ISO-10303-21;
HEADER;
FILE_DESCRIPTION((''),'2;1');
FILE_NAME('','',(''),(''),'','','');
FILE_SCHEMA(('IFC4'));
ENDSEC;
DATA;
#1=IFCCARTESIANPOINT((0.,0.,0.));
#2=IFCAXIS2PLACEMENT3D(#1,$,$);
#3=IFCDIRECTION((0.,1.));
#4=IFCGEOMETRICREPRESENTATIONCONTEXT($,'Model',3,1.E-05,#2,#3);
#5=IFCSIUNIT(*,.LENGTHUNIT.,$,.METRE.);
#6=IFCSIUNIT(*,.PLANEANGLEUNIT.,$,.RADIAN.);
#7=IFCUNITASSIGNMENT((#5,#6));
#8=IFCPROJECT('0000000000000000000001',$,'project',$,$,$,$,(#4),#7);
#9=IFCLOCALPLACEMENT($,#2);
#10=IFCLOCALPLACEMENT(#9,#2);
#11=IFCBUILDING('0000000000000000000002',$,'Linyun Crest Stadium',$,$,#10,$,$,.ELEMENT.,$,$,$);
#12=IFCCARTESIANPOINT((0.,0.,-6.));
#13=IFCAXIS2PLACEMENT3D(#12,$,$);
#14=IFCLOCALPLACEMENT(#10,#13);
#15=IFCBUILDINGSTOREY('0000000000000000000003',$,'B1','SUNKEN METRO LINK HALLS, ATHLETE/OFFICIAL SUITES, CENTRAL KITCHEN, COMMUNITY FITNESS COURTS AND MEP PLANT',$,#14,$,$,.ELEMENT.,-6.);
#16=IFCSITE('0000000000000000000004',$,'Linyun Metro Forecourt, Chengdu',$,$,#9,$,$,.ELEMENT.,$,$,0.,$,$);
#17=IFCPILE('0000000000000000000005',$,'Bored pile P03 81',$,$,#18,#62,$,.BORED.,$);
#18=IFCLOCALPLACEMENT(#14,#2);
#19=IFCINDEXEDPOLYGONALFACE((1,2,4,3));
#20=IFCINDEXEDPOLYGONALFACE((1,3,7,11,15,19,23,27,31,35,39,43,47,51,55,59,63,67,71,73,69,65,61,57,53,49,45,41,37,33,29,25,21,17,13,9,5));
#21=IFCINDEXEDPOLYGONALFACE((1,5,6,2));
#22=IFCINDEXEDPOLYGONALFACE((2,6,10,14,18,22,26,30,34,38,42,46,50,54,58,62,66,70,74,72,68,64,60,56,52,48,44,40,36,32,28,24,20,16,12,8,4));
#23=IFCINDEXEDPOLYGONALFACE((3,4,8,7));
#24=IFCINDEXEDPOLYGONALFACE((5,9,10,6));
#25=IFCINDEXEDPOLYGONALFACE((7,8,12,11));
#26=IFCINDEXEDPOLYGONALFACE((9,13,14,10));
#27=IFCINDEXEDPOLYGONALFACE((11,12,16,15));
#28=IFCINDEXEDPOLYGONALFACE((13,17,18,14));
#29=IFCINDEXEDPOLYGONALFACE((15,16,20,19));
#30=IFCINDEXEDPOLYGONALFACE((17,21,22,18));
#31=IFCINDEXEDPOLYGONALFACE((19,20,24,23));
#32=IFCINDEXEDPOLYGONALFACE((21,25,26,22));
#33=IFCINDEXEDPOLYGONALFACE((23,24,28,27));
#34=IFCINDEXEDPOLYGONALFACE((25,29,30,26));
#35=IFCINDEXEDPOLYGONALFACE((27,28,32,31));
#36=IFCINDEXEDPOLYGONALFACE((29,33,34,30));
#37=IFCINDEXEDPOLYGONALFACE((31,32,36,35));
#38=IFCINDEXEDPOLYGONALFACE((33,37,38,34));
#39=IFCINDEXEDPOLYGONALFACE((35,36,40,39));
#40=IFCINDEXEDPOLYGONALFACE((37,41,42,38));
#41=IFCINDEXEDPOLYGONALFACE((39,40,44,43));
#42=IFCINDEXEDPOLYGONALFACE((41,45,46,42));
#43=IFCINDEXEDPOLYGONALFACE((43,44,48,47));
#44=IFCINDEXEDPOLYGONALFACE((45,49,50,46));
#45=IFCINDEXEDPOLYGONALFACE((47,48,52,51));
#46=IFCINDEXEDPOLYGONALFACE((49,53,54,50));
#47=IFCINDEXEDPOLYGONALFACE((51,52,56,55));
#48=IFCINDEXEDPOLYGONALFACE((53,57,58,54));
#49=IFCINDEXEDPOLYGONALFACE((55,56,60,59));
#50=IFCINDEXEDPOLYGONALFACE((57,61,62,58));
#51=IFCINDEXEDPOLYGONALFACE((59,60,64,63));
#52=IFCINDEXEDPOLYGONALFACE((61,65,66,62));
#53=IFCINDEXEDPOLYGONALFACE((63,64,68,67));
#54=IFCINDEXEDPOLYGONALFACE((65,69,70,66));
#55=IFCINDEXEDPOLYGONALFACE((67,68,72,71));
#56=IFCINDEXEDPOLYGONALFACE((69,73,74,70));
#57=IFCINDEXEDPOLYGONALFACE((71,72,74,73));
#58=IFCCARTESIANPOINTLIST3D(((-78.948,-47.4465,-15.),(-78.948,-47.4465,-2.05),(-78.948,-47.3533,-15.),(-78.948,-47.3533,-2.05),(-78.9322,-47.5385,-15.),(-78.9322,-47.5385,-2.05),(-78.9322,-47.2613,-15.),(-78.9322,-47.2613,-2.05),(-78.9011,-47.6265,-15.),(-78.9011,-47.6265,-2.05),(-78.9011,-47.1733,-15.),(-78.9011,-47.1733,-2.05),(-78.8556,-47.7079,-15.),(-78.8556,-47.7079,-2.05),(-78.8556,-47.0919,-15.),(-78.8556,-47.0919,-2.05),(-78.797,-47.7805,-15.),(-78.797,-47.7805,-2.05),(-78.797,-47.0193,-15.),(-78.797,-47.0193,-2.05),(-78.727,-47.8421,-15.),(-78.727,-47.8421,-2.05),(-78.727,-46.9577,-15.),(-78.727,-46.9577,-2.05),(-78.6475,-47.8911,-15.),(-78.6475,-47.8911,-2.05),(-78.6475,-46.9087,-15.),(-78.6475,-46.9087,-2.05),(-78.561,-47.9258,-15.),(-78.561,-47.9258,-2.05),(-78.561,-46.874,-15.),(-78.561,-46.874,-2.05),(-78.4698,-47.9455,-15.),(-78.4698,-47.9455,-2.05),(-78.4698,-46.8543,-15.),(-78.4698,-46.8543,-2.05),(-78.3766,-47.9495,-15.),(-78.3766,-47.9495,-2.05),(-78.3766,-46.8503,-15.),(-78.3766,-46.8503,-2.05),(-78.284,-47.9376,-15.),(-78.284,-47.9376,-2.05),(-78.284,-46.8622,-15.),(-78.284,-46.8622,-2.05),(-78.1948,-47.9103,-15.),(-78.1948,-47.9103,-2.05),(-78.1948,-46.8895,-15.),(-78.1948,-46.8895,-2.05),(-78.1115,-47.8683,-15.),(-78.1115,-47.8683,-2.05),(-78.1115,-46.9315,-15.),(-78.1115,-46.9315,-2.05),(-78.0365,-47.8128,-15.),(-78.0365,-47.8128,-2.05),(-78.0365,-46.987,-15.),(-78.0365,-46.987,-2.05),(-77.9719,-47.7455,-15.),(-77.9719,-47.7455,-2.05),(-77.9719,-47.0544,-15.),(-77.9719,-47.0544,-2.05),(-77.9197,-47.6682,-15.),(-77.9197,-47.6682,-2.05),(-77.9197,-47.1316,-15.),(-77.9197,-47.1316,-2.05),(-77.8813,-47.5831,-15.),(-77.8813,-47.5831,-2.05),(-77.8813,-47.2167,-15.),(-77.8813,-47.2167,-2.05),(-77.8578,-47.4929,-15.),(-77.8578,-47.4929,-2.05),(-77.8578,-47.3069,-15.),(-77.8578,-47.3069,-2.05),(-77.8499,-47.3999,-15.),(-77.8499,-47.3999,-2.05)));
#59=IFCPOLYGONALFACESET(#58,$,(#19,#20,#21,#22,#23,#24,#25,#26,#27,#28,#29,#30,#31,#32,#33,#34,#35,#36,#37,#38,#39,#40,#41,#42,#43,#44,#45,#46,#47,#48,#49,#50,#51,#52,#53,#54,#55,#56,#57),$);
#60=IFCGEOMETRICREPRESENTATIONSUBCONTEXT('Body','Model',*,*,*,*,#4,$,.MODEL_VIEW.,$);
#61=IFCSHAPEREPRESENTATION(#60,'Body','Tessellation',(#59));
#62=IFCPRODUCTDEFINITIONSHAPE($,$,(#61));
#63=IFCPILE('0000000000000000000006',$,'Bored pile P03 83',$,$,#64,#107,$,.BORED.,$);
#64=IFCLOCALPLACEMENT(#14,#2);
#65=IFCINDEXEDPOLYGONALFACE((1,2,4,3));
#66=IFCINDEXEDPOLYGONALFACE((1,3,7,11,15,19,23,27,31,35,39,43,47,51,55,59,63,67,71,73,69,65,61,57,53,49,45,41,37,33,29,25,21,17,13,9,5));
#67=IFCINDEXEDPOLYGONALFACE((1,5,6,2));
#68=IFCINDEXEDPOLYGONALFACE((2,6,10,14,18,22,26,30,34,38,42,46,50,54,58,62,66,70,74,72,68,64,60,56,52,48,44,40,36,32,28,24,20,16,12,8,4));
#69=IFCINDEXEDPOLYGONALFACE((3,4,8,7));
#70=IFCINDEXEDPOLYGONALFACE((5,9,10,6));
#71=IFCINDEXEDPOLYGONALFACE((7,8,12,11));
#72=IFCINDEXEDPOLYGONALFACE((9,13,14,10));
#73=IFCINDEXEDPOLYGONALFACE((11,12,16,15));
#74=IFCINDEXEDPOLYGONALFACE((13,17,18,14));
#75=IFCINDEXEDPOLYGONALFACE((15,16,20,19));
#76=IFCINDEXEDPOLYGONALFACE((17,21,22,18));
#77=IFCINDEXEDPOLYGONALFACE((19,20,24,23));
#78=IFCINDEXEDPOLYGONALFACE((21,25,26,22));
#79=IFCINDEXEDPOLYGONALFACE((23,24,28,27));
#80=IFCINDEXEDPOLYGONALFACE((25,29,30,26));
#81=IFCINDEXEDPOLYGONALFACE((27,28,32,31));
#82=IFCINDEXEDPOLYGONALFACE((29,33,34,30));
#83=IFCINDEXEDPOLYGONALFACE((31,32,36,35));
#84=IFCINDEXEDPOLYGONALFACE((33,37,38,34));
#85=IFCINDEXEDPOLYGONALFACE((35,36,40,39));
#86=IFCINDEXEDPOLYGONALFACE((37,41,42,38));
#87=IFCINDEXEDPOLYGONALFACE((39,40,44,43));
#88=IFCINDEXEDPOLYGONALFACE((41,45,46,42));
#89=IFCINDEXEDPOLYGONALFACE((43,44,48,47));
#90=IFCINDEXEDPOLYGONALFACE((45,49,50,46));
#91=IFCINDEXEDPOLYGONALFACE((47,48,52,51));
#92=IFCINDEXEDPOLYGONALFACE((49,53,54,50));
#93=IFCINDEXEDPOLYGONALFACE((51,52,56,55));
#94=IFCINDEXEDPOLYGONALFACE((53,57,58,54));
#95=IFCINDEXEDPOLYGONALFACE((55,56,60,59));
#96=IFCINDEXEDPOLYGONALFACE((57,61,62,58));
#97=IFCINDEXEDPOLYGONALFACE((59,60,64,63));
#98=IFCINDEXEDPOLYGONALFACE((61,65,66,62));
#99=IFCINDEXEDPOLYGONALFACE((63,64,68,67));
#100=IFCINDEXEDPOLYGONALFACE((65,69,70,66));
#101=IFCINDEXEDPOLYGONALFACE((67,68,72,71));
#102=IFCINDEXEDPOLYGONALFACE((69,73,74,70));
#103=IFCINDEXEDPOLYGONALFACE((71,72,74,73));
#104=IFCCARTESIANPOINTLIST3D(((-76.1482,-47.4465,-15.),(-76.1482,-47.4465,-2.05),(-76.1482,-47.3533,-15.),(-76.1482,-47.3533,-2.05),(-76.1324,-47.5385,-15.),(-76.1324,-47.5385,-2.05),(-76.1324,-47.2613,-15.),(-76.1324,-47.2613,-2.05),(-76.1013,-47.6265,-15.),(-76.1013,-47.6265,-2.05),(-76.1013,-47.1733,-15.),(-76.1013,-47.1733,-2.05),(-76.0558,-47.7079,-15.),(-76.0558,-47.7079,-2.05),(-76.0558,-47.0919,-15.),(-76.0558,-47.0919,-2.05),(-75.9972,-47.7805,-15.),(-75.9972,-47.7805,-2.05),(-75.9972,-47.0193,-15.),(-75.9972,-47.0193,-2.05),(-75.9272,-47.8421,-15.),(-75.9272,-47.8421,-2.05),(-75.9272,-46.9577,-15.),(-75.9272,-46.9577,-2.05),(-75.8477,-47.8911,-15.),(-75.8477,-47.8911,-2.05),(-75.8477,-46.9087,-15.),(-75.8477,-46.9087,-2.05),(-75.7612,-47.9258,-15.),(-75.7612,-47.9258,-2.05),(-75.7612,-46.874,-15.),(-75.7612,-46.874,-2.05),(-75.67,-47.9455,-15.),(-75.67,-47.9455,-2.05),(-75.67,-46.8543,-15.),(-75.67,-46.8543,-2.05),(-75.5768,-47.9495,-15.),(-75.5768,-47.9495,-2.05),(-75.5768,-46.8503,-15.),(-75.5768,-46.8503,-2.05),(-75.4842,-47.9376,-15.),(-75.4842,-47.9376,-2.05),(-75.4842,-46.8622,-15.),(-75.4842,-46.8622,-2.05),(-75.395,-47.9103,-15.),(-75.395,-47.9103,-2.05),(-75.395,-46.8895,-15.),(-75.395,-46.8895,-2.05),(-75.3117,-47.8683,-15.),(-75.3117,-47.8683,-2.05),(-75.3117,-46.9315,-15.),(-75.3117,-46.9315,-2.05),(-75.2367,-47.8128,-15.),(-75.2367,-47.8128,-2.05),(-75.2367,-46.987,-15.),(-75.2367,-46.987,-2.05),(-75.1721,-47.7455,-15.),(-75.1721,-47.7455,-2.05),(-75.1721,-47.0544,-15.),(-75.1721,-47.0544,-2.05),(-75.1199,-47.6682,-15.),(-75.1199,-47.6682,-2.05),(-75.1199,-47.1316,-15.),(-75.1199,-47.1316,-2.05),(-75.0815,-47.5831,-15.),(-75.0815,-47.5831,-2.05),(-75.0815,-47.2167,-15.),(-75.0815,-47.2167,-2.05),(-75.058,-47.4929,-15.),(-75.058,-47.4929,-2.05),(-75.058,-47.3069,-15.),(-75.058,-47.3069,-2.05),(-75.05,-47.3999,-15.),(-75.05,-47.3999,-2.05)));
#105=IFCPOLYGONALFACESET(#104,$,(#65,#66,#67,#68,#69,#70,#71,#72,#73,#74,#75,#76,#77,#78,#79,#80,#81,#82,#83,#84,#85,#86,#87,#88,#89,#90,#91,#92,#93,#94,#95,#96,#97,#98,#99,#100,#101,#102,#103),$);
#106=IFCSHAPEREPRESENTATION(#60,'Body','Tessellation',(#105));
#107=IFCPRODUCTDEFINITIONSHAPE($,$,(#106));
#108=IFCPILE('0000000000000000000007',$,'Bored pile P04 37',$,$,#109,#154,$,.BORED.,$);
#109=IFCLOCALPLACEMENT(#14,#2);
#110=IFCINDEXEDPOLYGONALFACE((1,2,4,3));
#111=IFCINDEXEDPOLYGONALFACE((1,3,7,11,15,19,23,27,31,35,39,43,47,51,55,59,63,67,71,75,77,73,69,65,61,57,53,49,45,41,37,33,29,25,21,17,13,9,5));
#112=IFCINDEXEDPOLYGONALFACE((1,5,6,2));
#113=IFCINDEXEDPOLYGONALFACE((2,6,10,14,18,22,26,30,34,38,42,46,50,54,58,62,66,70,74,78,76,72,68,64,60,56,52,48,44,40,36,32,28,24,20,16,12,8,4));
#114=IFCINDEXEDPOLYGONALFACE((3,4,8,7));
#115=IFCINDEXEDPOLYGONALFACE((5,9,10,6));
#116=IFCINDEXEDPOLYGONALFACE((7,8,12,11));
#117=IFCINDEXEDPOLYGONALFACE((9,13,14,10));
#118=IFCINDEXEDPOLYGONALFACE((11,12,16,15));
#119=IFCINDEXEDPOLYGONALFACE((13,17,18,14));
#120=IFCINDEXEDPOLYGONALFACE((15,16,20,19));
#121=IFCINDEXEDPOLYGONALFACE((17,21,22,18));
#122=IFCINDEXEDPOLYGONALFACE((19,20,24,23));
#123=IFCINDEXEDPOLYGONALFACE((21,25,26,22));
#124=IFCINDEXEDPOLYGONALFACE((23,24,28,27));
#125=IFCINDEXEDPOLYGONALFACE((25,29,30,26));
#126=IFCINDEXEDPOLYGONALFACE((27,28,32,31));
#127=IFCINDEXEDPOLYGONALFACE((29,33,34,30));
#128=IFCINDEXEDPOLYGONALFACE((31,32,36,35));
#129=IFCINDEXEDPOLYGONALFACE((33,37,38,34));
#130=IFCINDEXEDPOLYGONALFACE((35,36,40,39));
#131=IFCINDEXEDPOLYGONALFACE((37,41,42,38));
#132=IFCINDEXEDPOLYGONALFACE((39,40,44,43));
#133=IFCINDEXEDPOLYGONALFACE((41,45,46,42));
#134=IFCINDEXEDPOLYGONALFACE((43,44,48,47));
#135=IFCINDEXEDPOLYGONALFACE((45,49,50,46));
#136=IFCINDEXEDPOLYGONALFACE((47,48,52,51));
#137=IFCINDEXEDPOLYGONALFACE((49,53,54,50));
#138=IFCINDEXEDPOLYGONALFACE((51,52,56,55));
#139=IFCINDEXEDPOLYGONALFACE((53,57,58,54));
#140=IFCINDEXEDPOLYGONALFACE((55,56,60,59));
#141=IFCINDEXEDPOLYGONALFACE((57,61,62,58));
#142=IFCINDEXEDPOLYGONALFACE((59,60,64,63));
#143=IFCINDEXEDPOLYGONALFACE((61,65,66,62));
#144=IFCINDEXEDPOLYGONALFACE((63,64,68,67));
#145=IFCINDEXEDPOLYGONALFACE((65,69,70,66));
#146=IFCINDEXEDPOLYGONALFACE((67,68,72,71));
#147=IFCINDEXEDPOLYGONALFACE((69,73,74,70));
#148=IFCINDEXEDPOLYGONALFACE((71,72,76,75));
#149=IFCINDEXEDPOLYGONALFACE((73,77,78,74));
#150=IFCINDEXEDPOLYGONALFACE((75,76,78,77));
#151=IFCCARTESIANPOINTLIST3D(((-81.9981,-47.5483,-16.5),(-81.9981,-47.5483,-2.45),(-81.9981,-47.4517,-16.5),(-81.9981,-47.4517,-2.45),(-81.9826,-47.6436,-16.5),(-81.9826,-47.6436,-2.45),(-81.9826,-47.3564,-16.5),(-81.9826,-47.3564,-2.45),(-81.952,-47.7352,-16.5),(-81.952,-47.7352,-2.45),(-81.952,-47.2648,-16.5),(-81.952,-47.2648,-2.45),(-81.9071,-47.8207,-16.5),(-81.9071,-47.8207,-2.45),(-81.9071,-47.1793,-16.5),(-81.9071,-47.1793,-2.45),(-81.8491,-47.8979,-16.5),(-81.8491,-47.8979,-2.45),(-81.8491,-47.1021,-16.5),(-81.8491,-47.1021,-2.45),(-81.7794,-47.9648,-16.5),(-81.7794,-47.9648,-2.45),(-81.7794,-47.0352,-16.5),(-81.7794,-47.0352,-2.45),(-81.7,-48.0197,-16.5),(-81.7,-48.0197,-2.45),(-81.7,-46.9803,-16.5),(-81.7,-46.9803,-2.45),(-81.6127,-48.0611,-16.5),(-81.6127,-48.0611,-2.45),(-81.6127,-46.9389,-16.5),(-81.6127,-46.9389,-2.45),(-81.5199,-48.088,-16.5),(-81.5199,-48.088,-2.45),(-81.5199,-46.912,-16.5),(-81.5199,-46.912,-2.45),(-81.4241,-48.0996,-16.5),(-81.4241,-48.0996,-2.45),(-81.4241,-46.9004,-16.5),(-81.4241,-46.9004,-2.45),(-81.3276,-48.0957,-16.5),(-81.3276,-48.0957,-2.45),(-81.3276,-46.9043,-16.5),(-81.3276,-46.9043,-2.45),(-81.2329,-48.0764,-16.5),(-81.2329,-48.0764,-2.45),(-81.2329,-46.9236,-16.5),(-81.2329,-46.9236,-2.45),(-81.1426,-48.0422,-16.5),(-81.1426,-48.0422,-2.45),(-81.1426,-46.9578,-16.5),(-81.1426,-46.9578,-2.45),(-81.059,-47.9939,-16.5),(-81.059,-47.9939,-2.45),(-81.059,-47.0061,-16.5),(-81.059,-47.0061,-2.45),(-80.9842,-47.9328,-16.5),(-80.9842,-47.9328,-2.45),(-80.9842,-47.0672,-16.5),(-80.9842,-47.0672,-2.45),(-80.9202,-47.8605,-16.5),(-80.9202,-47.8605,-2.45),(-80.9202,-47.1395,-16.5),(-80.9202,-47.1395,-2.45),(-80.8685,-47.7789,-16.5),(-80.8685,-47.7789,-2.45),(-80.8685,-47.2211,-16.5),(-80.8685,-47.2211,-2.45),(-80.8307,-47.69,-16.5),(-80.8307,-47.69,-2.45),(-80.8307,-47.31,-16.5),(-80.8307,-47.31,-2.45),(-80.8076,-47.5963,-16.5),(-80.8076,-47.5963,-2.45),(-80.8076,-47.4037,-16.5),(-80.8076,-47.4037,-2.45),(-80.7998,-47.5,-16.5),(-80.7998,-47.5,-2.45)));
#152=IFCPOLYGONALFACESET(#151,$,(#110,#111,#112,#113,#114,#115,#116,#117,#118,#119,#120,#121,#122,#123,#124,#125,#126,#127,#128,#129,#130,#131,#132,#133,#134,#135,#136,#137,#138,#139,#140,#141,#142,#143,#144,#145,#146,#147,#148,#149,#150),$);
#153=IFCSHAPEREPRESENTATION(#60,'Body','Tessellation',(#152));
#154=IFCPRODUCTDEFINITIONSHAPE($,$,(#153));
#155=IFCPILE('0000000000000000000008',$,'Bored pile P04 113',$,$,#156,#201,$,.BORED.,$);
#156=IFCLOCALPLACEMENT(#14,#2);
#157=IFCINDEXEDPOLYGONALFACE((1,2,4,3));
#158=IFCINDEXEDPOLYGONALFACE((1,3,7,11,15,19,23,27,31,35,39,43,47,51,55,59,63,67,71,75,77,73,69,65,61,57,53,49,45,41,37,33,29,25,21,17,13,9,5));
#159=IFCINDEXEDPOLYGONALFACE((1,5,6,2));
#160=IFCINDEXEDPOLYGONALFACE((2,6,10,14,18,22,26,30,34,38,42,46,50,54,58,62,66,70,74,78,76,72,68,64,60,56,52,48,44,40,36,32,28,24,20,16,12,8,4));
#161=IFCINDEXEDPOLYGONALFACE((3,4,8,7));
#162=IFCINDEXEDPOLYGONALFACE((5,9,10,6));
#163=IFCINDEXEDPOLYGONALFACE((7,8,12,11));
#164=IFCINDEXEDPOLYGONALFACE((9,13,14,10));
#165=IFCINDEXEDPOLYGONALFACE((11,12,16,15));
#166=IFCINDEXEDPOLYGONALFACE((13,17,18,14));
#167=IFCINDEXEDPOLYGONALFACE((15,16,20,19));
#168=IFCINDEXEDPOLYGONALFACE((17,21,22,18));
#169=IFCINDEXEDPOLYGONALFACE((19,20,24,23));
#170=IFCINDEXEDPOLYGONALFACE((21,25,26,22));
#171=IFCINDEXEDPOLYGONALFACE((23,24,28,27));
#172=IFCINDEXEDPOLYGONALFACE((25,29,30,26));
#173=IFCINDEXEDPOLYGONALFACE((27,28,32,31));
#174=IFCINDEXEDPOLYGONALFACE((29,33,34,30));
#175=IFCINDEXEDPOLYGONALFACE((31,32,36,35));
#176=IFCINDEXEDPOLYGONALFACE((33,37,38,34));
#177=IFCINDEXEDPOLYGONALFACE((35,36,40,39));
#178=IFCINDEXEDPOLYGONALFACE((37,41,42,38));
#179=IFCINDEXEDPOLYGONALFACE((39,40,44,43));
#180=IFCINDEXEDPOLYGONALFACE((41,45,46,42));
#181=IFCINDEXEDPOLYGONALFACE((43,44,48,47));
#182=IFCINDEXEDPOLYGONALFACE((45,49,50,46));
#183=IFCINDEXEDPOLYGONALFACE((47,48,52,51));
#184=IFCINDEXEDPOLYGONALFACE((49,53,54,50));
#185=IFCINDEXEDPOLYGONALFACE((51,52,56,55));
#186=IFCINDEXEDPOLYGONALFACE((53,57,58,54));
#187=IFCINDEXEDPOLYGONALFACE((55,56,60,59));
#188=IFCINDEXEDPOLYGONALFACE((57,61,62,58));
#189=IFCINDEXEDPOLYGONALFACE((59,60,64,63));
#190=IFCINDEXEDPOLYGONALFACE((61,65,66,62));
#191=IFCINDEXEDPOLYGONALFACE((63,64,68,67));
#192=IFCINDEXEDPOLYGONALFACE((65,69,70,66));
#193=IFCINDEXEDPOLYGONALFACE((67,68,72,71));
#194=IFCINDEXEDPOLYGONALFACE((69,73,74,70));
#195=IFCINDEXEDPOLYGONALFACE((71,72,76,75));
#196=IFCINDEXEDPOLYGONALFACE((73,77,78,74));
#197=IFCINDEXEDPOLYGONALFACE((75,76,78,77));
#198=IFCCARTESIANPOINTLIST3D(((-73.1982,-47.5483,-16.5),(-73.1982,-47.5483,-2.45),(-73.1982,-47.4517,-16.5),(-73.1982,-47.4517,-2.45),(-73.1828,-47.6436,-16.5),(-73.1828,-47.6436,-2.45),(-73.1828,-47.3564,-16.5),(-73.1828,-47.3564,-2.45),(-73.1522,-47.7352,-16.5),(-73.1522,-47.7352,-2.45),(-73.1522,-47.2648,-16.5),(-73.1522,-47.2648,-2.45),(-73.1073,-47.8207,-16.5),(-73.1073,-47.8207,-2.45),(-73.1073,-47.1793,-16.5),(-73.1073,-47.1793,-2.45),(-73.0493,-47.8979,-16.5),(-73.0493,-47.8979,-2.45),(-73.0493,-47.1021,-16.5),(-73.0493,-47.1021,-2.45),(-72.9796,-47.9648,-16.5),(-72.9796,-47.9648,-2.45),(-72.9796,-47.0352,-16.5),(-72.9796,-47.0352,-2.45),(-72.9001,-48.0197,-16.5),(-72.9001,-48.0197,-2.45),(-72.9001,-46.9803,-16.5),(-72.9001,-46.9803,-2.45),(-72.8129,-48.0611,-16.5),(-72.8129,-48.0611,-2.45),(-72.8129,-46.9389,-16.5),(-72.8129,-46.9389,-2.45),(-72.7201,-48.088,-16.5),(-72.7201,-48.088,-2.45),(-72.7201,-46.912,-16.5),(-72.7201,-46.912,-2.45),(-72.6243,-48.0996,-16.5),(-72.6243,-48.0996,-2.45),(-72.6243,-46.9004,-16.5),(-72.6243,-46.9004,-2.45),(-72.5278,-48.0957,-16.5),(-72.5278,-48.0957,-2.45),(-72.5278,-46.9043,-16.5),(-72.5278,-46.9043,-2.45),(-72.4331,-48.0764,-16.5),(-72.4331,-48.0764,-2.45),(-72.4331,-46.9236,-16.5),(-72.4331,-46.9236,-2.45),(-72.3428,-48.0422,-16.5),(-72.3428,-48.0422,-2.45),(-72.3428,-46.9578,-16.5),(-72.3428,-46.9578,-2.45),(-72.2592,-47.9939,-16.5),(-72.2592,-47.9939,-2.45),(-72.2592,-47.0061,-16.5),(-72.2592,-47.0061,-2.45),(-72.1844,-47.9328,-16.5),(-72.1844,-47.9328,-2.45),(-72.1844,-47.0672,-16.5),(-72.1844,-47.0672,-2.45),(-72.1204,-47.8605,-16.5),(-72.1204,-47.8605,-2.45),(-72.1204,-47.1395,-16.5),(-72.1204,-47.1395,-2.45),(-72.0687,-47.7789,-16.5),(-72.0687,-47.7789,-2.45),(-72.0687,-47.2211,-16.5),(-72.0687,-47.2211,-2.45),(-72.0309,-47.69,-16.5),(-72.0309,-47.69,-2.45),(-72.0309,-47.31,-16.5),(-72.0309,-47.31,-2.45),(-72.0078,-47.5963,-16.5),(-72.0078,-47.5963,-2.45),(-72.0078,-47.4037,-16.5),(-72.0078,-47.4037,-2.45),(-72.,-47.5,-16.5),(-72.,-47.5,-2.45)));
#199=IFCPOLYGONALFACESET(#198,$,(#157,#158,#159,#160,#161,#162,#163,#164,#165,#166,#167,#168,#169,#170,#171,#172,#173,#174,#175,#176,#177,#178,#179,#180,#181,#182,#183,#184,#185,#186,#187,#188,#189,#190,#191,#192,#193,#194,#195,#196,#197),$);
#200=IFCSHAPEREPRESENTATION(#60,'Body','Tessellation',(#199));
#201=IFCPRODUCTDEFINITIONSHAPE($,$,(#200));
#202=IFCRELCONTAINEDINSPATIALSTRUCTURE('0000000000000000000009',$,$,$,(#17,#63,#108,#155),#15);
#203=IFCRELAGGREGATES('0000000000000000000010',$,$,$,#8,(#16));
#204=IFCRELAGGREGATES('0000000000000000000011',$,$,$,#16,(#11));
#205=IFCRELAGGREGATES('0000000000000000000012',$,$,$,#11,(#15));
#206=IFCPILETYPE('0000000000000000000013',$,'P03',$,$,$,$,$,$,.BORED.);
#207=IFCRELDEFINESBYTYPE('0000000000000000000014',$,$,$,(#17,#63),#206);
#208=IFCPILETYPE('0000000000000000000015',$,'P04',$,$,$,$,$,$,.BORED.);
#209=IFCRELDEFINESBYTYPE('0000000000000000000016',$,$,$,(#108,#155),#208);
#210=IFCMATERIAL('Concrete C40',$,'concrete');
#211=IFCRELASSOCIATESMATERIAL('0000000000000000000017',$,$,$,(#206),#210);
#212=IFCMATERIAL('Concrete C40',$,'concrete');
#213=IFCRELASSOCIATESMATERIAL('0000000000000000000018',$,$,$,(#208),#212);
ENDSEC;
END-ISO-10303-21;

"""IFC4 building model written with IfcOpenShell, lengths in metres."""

from ifc_helpers import new_model, si_unit, direction, frame, origin, origin_2d, place, context, subcontext, project, spatial, circle, extrude, material, material_profile, profile_set, type_object, element, save


model = new_model("IFC4")

# Units and contexts
model_context = context("Model", 3, precision=1e-05, world=origin(), true_north=direction((0.0, 1.0)))
body_context = subcontext(model_context, "Body", "Model", "MODEL_VIEW")
ifc_project = project(units=[si_unit("LENGTHUNIT", "METRE"), si_unit("PLANEANGLEUNIT", "RADIAN")], contexts=[model_context])

# Site, building, storey
site_placement = place(None, origin())
site = spatial("IfcSite", under=ifc_project, at=site_placement, Name="Linyun Metro Forecourt, Chengdu", CompositionType="ELEMENT", RefElevation=0.0)
building_placement = place(site_placement, origin())
building = spatial("IfcBuilding", under=site, at=building_placement, Name="Linyun Crest Stadium", CompositionType="ELEMENT")
storey_placement = place(building_placement, frame((0.0, 0.0, -6.0)))
storey = spatial("IfcBuildingStorey", under=building, at=storey_placement, Name="B1", Description="SUNKEN METRO LINK HALLS, ATHLETE/OFFICIAL SUITES, CENTRAL KITCHEN, COMMUNITY FITNESS COURTS AND MEP PLANT", CompositionType="ELEMENT", Elevation=-6.0)

# Piles
ifc_material_1 = material(Name="Concrete C40", Category="concrete")
ifc_material_profile_1 = material_profile(ifc_material_1, circle(Radius=0.55, at=origin_2d()), Name="BORED PILE 1100")
ifc_profile_set_1 = profile_set([ifc_material_profile_1], Name="Concrete C40")
pile_type_1 = type_object("IfcPileType", Name="P03", PredefinedType="BORED", material=ifc_profile_set_1)
for number, where, z_axis, x_axis, name in (
    (1, (-78.3999, -47.3999, -2.05), (0.0, 0.0, -1.0), (1.0, 0.0, 0.0), "Bored pile P03 81"),
    (2, (-75.6001, -47.3999, -2.05), (0.0, 0.0, -1.0), (1.0, 0.0, 0.0), "Bored pile P03 83"),
):
    element("IfcPile", number, at=place(storey_placement, frame(where, z_axis=z_axis, x_axis=x_axis)), inside=storey, type_object=pile_type_1, Name=name, PredefinedType="BORED", context=body_context, shape_type="SweptSolid", body=[
        extrude(circle(Radius=0.55, at=origin_2d()), origin(), (0.0, 0.0, 1.0), 12.95),
    ])
ifc_material_2 = material(Name="Concrete C40", Category="concrete")
ifc_material_profile_2 = material_profile(ifc_material_2, circle(Radius=0.6001, at=origin_2d()), Name="BORED PILE 1200")
ifc_profile_set_2 = profile_set([ifc_material_profile_2], Name="Concrete C40")
pile_type_2 = type_object("IfcPileType", Name="P04", PredefinedType="BORED", material=ifc_profile_set_2)
for number, where, z_axis, x_axis, name in (
    (3, (-81.3999, -47.5, -2.45), (0.0, 0.0, -1.0), (1.0, 0.0, 0.0), "Bored pile P04 37"),
    (4, (-72.6001, -47.5, -2.45), (0.0, 0.0, -1.0), (1.0, 0.0, 0.0), "Bored pile P04 113"),
):
    element("IfcPile", number, at=place(storey_placement, frame(where, z_axis=z_axis, x_axis=x_axis)), inside=storey, type_object=pile_type_2, Name=name, PredefinedType="BORED", context=body_context, shape_type="SweptSolid", body=[
        extrude(circle(Radius=0.6001, at=origin_2d()), origin(), (0.0, 0.0, 1.0), 14.05),
    ])

save(model, "model.ifc")
